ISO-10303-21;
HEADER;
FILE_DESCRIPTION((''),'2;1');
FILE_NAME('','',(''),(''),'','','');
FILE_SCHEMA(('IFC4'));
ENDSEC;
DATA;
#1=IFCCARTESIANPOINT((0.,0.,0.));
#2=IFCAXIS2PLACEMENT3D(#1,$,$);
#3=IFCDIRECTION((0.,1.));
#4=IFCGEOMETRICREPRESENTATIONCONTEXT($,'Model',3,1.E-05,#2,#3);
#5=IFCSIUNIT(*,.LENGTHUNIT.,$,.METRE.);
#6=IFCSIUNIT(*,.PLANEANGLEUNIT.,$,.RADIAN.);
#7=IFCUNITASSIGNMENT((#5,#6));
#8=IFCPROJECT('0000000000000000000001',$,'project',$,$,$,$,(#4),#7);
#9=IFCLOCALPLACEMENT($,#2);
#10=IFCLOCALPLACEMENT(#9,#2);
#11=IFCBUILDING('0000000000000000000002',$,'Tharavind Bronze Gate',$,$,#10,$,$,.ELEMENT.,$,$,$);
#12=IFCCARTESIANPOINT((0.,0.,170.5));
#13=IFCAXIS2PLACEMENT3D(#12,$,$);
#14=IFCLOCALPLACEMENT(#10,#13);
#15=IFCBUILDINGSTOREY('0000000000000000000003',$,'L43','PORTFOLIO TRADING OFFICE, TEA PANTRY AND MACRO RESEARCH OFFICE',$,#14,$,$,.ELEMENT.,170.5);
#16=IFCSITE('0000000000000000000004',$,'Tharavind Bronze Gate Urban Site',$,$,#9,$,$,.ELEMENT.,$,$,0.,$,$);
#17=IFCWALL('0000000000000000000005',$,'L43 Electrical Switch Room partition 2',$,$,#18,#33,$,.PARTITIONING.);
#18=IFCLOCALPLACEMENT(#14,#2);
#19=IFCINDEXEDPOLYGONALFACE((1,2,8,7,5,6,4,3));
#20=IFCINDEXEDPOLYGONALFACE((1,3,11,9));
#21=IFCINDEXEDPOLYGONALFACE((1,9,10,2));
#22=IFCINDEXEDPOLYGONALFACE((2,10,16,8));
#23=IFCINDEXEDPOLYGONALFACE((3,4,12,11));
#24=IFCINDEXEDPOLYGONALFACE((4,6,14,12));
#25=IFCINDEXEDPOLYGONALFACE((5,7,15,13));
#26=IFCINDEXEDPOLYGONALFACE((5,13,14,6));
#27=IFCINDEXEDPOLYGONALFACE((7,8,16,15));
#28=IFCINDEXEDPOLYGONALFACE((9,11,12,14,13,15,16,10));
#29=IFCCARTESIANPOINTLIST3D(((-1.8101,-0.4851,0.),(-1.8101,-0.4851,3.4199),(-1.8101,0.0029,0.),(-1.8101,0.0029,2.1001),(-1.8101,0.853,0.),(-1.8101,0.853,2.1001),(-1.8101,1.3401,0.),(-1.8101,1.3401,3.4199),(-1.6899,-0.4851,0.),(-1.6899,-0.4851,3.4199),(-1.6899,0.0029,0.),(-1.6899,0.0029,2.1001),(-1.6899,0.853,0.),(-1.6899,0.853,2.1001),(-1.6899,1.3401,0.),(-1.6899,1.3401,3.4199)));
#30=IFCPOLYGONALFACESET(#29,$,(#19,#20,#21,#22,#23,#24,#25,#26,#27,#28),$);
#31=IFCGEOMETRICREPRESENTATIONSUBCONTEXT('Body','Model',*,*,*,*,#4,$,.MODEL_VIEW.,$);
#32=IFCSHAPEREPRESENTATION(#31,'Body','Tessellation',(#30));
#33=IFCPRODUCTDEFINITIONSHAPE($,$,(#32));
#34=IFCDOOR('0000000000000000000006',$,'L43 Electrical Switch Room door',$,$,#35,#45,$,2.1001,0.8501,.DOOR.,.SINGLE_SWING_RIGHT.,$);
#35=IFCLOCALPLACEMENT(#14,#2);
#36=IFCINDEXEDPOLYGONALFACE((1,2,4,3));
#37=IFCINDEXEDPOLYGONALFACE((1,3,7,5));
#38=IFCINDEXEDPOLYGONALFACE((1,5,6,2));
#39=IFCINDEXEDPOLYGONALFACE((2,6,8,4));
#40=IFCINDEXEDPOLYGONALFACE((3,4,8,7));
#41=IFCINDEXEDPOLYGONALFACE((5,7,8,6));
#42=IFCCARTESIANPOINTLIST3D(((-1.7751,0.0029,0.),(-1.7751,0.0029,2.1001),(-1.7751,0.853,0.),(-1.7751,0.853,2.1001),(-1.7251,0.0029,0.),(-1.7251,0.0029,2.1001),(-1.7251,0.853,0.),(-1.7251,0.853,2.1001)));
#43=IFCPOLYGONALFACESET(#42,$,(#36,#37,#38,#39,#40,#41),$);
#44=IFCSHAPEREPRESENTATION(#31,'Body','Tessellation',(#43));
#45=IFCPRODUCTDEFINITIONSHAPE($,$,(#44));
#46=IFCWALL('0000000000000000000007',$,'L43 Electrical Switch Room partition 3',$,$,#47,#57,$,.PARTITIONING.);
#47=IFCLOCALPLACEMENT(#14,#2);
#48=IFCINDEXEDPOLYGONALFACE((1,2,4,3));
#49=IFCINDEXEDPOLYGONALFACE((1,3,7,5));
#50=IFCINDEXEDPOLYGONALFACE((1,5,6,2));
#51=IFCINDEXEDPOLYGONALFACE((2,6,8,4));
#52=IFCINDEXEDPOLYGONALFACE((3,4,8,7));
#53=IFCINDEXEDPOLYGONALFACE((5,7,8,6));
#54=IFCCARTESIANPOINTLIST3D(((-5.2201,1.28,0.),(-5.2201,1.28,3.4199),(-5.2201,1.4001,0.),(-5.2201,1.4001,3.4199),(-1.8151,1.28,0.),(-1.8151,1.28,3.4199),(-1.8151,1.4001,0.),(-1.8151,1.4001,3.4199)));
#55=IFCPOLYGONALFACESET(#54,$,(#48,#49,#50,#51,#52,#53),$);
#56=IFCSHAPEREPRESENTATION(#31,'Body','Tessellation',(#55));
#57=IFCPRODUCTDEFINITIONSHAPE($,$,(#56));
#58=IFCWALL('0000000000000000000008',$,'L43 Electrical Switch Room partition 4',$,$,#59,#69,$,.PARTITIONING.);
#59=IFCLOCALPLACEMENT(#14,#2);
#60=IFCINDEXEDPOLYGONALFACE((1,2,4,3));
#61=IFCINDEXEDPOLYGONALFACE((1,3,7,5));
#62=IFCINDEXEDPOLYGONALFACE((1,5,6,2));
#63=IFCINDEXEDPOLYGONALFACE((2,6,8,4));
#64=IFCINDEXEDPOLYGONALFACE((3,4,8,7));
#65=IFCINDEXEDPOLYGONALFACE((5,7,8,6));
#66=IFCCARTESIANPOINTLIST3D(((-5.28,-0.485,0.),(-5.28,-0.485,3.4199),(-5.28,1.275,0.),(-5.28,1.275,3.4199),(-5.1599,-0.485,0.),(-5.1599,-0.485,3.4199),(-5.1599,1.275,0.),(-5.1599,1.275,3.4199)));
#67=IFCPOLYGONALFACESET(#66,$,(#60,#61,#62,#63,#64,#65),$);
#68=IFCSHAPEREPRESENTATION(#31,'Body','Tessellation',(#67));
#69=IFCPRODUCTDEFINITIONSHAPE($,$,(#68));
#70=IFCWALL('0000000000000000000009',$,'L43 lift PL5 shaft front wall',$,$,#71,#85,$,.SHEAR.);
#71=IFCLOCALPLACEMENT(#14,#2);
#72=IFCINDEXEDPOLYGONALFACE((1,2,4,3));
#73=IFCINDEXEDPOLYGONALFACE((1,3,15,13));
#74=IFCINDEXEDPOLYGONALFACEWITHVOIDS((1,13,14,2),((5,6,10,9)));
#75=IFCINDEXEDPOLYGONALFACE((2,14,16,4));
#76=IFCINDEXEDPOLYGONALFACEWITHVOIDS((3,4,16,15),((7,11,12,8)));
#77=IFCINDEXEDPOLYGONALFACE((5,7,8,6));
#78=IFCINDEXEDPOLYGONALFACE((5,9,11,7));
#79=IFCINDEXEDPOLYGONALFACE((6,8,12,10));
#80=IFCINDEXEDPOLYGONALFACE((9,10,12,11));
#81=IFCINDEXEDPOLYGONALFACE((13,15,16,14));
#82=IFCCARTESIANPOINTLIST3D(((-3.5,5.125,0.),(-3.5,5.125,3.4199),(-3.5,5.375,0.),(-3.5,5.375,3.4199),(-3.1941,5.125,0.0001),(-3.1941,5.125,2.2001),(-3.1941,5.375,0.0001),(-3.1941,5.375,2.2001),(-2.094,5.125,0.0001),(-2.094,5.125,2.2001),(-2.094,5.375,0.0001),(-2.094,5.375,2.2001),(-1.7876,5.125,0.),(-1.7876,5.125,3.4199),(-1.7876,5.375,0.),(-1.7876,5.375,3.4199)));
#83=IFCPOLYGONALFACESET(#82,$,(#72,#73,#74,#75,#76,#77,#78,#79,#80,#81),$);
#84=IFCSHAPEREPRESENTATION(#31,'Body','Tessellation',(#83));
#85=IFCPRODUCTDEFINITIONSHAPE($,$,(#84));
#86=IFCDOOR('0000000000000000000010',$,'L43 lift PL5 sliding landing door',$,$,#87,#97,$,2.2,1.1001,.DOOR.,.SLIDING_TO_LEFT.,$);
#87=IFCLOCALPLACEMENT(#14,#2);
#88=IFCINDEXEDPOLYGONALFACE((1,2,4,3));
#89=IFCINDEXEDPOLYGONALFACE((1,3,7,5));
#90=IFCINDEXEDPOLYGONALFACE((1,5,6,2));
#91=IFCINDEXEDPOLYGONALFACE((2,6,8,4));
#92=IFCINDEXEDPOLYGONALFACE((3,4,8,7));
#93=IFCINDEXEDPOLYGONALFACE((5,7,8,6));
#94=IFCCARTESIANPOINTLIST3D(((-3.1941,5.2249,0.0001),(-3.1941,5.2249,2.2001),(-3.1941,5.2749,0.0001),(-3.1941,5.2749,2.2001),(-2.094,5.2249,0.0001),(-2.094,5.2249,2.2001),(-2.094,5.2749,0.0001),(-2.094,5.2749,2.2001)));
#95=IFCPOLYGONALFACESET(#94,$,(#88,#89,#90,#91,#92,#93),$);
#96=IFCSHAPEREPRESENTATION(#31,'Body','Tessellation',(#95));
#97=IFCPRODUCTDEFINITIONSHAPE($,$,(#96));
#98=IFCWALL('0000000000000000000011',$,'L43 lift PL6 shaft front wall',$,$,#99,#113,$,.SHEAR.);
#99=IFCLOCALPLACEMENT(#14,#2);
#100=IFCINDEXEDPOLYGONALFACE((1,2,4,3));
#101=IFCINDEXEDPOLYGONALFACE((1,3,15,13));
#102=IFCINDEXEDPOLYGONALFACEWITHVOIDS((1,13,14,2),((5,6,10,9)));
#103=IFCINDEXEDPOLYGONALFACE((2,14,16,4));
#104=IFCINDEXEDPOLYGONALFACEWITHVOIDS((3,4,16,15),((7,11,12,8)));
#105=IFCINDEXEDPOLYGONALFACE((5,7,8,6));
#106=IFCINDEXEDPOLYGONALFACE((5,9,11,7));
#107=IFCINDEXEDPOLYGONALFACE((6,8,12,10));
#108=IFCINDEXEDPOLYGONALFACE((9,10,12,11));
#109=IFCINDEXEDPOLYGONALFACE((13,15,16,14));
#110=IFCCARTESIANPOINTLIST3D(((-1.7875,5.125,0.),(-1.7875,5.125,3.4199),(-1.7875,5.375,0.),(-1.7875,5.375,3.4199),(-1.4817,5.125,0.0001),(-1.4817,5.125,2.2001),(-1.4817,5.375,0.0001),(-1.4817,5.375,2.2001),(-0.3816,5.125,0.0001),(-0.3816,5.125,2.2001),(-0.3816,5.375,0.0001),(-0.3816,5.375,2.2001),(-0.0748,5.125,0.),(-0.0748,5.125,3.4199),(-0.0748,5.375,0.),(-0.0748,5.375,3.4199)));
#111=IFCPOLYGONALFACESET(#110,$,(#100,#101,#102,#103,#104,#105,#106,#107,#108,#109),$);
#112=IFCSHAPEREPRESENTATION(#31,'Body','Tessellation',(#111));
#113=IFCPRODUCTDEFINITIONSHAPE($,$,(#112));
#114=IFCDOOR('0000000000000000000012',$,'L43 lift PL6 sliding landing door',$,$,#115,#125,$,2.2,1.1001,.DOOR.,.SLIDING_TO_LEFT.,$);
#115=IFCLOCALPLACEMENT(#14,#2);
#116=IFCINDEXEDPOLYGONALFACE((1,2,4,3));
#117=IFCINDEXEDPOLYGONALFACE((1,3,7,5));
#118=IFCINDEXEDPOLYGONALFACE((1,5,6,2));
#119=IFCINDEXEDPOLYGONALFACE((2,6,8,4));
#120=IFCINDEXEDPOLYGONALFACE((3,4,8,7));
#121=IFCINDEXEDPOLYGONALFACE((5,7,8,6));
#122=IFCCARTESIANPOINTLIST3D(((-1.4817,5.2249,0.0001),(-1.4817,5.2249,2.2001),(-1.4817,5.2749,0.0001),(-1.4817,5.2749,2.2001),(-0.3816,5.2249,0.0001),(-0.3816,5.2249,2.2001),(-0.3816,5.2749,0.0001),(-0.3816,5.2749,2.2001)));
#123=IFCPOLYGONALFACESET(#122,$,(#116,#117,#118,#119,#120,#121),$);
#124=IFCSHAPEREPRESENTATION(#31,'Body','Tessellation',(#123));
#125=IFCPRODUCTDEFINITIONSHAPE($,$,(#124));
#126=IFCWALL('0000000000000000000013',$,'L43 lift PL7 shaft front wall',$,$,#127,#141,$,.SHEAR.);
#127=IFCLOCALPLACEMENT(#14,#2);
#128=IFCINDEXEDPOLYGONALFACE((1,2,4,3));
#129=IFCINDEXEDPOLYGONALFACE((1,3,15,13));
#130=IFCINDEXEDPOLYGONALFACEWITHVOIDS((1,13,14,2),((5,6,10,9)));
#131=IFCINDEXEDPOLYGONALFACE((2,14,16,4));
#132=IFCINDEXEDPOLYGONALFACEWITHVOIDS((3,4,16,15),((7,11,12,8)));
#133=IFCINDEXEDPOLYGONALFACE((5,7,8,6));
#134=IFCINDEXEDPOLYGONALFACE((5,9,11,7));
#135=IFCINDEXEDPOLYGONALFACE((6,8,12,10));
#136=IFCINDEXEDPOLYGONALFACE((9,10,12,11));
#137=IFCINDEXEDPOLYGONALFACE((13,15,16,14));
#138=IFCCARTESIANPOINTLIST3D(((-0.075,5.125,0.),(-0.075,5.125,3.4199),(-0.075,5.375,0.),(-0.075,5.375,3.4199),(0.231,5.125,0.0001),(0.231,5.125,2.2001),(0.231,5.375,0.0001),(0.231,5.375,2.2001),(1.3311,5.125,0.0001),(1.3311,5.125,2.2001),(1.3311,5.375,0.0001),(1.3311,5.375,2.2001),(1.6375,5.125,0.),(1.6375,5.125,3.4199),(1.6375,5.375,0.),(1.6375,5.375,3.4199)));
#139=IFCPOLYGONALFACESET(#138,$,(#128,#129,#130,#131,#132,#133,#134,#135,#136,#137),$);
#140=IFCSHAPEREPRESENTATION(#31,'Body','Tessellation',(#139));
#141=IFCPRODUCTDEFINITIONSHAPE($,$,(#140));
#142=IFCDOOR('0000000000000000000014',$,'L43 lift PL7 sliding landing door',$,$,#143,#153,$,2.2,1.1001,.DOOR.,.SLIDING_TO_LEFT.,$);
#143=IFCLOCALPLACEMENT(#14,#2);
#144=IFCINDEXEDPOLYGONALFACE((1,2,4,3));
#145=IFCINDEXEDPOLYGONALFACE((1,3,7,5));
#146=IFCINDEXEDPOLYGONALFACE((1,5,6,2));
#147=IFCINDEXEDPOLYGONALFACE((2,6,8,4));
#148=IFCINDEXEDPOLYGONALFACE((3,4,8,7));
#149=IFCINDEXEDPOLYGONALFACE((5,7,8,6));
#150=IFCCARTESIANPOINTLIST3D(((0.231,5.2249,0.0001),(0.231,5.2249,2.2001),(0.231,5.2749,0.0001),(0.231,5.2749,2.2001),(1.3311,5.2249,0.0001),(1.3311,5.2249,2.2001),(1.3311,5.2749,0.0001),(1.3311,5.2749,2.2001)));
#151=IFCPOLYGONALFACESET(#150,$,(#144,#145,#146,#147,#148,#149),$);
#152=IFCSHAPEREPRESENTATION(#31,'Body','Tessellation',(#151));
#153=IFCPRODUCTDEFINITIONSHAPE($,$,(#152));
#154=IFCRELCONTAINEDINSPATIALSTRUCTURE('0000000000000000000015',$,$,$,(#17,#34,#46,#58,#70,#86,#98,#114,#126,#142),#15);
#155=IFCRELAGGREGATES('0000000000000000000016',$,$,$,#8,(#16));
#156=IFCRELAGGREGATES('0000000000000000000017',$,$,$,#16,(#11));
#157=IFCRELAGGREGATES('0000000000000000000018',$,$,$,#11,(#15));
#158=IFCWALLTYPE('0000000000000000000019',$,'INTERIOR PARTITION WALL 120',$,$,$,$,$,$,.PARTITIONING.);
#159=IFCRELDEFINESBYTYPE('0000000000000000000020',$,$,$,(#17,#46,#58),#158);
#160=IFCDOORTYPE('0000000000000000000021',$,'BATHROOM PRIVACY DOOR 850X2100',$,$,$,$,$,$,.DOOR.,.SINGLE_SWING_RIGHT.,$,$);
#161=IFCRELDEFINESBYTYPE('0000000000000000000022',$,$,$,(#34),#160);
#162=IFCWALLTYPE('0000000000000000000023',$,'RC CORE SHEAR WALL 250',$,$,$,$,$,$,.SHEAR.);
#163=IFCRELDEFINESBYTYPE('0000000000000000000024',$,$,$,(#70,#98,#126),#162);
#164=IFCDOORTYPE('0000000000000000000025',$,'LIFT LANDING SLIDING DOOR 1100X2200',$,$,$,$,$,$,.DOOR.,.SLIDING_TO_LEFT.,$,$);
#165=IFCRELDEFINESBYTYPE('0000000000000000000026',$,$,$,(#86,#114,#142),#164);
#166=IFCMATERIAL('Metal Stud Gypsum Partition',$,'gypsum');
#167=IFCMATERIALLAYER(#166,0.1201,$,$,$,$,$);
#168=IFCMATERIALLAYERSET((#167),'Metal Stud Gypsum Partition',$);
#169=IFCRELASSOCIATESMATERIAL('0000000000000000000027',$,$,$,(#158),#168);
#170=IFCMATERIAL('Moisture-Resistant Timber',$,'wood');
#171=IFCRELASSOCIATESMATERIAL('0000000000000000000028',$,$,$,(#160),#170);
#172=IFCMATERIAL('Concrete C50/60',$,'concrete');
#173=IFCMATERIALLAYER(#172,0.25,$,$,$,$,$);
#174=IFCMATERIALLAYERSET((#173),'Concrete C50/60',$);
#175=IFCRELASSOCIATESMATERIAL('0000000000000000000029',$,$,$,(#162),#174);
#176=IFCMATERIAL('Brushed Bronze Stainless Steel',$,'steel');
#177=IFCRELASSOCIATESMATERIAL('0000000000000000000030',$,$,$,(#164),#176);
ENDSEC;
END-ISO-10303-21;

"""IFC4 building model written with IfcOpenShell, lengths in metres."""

from ifc_helpers import new_model, si_unit, direction, frame, frame_2d, origin, place, context, subcontext, project, spatial, rectangle, extrude, material, layer, layer_set, type_object, element, fill, save


model = new_model("IFC4")

# Units and contexts
model_context = context("Model", 3, precision=1e-05, world=origin(), true_north=direction((0.0, 1.0)))
body_context = subcontext(model_context, "Body", "Model", "MODEL_VIEW")
ifc_project = project(units=[si_unit("LENGTHUNIT", "METRE"), si_unit("PLANEANGLEUNIT", "RADIAN")], contexts=[model_context])

# Site, building, storey
site_placement = place(None, origin())
site = spatial("IfcSite", under=ifc_project, at=site_placement, Name="Tharavind Bronze Gate Urban Site", CompositionType="ELEMENT", RefElevation=0.0)
building_placement = place(site_placement, origin())
building = spatial("IfcBuilding", under=site, at=building_placement, Name="Tharavind Bronze Gate", CompositionType="ELEMENT")
storey_placement = place(building_placement, frame((0.0, 0.0, 170.5)))
storey = spatial("IfcBuildingStorey", under=building, at=storey_placement, Name="L43", Description="PORTFOLIO TRADING OFFICE, TEA PANTRY AND MACRO RESEARCH OFFICE", CompositionType="ELEMENT", Elevation=170.5)

# Shared definitions
ifc_material_1 = material(Name="Metal Stud Gypsum Partition", Category="gypsum")
ifc_layer_1 = layer(ifc_material_1, 0.1201)
ifc_layer_set_1 = layer_set([ifc_layer_1], Name="Metal Stud Gypsum Partition")
wall_type_1 = type_object("IfcWallType", Name="INTERIOR PARTITION WALL 120", PredefinedType="PARTITIONING", material=ifc_layer_set_1)

# Shared definitions
ifc_material_2 = material(Name="Moisture-Resistant Timber", Category="wood")
door_type_1 = type_object("IfcDoorType", Name="BATHROOM PRIVACY DOOR 850X2100", OperationType="SINGLE_SWING_RIGHT", PredefinedType="DOOR", material=ifc_material_2)

# Wall, opening, door
wall_1_placement = place(storey_placement, frame((-1.75, -0.4851, 0.0), z_axis=(0.0, 0.0, 1.0), x_axis=(0.0, 1.0, 0.0)))
wall_1 = element("IfcWall", 1, at=wall_1_placement, inside=storey, type_object=wall_type_1, Name="L43 Electrical Switch Room partition 2", PredefinedType="PARTITIONING", context=body_context, shape_type="SweptSolid", body=[
    extrude(rectangle(XDim=1.8252, YDim=0.1201, at=frame_2d((0.9126, 0.0))), origin(), (0.0, 0.0, 1.0), 3.4199),
])
opening_1_placement = place(wall_1_placement, frame((0.488, 0.0, 0.0)))
opening_1 = element("IfcOpeningElement", 2, at=opening_1_placement, cuts=wall_1, PredefinedType="OPENING", context=body_context, shape_type="SweptSolid", body=[
    extrude(rectangle(XDim=0.8501, YDim=2.1001, at=frame_2d((0.425, 1.05))), frame((0.0, 0.0701, 0.0), z_axis=(0.0, -1.0, 0.0), x_axis=(1.0, 0.0, 0.0)), (0.0, 0.0, 1.0), 0.1401),
])
door_1_placement = place(opening_1_placement, frame((0.8501, 0.0, 0.0), z_axis=(0.0, 0.0, 1.0), x_axis=(-1.0, 0.0, 0.0)))
door_1 = element("IfcDoor", 3, at=door_1_placement, inside=storey, type_object=door_type_1, Name="L43 Electrical Switch Room door", OperationType="SINGLE_SWING_RIGHT", OverallHeight=2.1001, OverallWidth=0.8501, PredefinedType="DOOR", context=body_context, shape_type="SweptSolid", body=[
    extrude(rectangle(XDim=0.8501, YDim=2.1001, at=frame_2d((0.425, 1.05))), frame((0.0, 0.0249, 0.0), z_axis=(0.0, -1.0, 0.0), x_axis=(1.0, 0.0, 0.0)), (0.0, 0.0, 1.0), 0.05),
])
fill(opening_1, door_1)

# Walls
wall_2_placement = place(storey_placement, frame((-1.8149, 1.3401, 0.0), z_axis=(0.0, 0.0, 1.0), x_axis=(-1.0, 0.0, 0.0)))
element("IfcWall", 4, at=wall_2_placement, inside=storey, type_object=wall_type_1, Name="L43 Electrical Switch Room partition 3", PredefinedType="PARTITIONING", context=body_context, shape_type="SweptSolid", body=[
    extrude(rectangle(XDim=3.405, YDim=0.1201, at=frame_2d((1.7026, 0.0))), origin(), (0.0, 0.0, 1.0), 3.4199),
])
wall_3_placement = place(storey_placement, frame((-5.22, 1.2749, 0.0), z_axis=(0.0, 0.0, 1.0), x_axis=(0.0, -1.0, 0.0)))
element("IfcWall", 5, at=wall_3_placement, inside=storey, type_object=wall_type_1, Name="L43 Electrical Switch Room partition 4", PredefinedType="PARTITIONING", context=body_context, shape_type="SweptSolid", body=[
    extrude(rectangle(XDim=1.76, YDim=0.1201, at=frame_2d((0.8799, 0.0))), origin(), (0.0, 0.0, 1.0), 3.4199),
])

# Walls, openings, doors
ifc_material_3 = material(Name="Concrete C50/60", Category="concrete")
ifc_layer_2 = layer(ifc_material_3, 0.25)
ifc_layer_set_2 = layer_set([ifc_layer_2], Name="Concrete C50/60")
wall_type_2 = type_object("IfcWallType", Name="RC CORE SHEAR WALL 250", PredefinedType="SHEAR", material=ifc_layer_set_2)
wall_4_placement = place(storey_placement, frame((-3.5, 5.25, 0.0), z_axis=(0.0, 0.0, 1.0), x_axis=(1.0, 0.0, 0.0)))
wall_4 = element("IfcWall", 6, at=wall_4_placement, inside=storey, type_object=wall_type_2, Name="L43 lift PL5 shaft front wall", PredefinedType="SHEAR", context=body_context, shape_type="SweptSolid", body=[
    extrude(rectangle(XDim=1.7124, YDim=0.25, at=frame_2d((0.8562, 0.0))), origin(), (0.0, 0.0, 1.0), 3.4199),
])
opening_2_placement = place(wall_4_placement, frame((0.3059, 0.0, 0.0)))
opening_2 = element("IfcOpeningElement", 7, at=opening_2_placement, cuts=wall_4, PredefinedType="OPENING", context=body_context, shape_type="SweptSolid", body=[
    extrude(rectangle(XDim=1.1001, YDim=2.2, at=frame_2d((0.55, 1.1001))), frame((0.0, 0.135, 0.0), z_axis=(0.0, -1.0, 0.0), x_axis=(1.0, 0.0, 0.0)), (0.0, 0.0, 1.0), 0.27),
])
ifc_material_4 = material(Name="Brushed Bronze Stainless Steel", Category="steel")
door_type_2 = type_object("IfcDoorType", Name="LIFT LANDING SLIDING DOOR 1100X2200", OperationType="SLIDING_TO_LEFT", PredefinedType="DOOR", material=ifc_material_4)
door_2_placement = place(opening_2_placement, origin())
door_2 = element("IfcDoor", 8, at=door_2_placement, inside=storey, type_object=door_type_2, Name="L43 lift PL5 sliding landing door", OperationType="SLIDING_TO_LEFT", OverallHeight=2.2, OverallWidth=1.1001, PredefinedType="DOOR", context=body_context, shape_type="SweptSolid", body=[
    extrude(rectangle(XDim=1.1001, YDim=2.2, at=frame_2d((0.55, 1.1001))), frame((0.0, 0.0249, 0.0), z_axis=(0.0, -1.0, 0.0), x_axis=(1.0, 0.0, 0.0)), (0.0, 0.0, 1.0), 0.05),
])
fill(opening_2, door_2)
wall_5_placement = place(storey_placement, frame((-1.7876, 5.25, 0.0), z_axis=(0.0, 0.0, 1.0), x_axis=(1.0, 0.0, 0.0)))
wall_5 = element("IfcWall", 9, at=wall_5_placement, inside=storey, type_object=wall_type_2, Name="L43 lift PL6 shaft front wall", PredefinedType="SHEAR", context=body_context, shape_type="SweptSolid", body=[
    extrude(rectangle(XDim=1.7126, YDim=0.25, at=frame_2d((0.8564, 0.0))), origin(), (0.0, 0.0, 1.0), 3.4199),
])
opening_3_placement = place(wall_5_placement, frame((0.3059, 0.0, 0.0)))
opening_3 = element("IfcOpeningElement", 10, at=opening_3_placement, cuts=wall_5, PredefinedType="OPENING", context=body_context, shape_type="SweptSolid", body=[
    extrude(rectangle(XDim=1.1001, YDim=2.2, at=frame_2d((0.55, 1.1001))), frame((0.0, 0.135, 0.0), z_axis=(0.0, -1.0, 0.0), x_axis=(1.0, 0.0, 0.0)), (0.0, 0.0, 1.0), 0.27),
])
door_3_placement = place(opening_3_placement, origin())
door_3 = element("IfcDoor", 11, at=door_3_placement, inside=storey, type_object=door_type_2, Name="L43 lift PL6 sliding landing door", OperationType="SLIDING_TO_LEFT", OverallHeight=2.2, OverallWidth=1.1001, PredefinedType="DOOR", context=body_context, shape_type="SweptSolid", body=[
    extrude(rectangle(XDim=1.1001, YDim=2.2, at=frame_2d((0.55, 1.1001))), frame((0.0, 0.0249, 0.0), z_axis=(0.0, -1.0, 0.0), x_axis=(1.0, 0.0, 0.0)), (0.0, 0.0, 1.0), 0.05),
])
fill(opening_3, door_3)
wall_6_placement = place(storey_placement, frame((-0.075, 5.25, 0.0), z_axis=(0.0, 0.0, 1.0), x_axis=(1.0, 0.0, 0.0)))
wall_6 = element("IfcWall", 12, at=wall_6_placement, inside=storey, type_object=wall_type_2, Name="L43 lift PL7 shaft front wall", PredefinedType="SHEAR", context=body_context, shape_type="SweptSolid", body=[
    extrude(rectangle(XDim=1.7124, YDim=0.25, at=frame_2d((0.8562, 0.0))), origin(), (0.0, 0.0, 1.0), 3.4199),
])
opening_4_placement = place(wall_6_placement, frame((0.3059, 0.0, 0.0)))
opening_4 = element("IfcOpeningElement", 13, at=opening_4_placement, cuts=wall_6, PredefinedType="OPENING", context=body_context, shape_type="SweptSolid", body=[
    extrude(rectangle(XDim=1.1001, YDim=2.2, at=frame_2d((0.55, 1.1001))), frame((0.0, 0.135, 0.0), z_axis=(0.0, -1.0, 0.0), x_axis=(1.0, 0.0, 0.0)), (0.0, 0.0, 1.0), 0.27),
])
door_4_placement = place(opening_4_placement, origin())
door_4 = element("IfcDoor", 14, at=door_4_placement, inside=storey, type_object=door_type_2, Name="L43 lift PL7 sliding landing door", OperationType="SLIDING_TO_LEFT", OverallHeight=2.2, OverallWidth=1.1001, PredefinedType="DOOR", context=body_context, shape_type="SweptSolid", body=[
    extrude(rectangle(XDim=1.1001, YDim=2.2, at=frame_2d((0.55, 1.1001))), frame((0.0, 0.0249, 0.0), z_axis=(0.0, -1.0, 0.0), x_axis=(1.0, 0.0, 0.0)), (0.0, 0.0, 1.0), 0.05),
])
fill(opening_4, door_4)

save(model, "model.ifc")
